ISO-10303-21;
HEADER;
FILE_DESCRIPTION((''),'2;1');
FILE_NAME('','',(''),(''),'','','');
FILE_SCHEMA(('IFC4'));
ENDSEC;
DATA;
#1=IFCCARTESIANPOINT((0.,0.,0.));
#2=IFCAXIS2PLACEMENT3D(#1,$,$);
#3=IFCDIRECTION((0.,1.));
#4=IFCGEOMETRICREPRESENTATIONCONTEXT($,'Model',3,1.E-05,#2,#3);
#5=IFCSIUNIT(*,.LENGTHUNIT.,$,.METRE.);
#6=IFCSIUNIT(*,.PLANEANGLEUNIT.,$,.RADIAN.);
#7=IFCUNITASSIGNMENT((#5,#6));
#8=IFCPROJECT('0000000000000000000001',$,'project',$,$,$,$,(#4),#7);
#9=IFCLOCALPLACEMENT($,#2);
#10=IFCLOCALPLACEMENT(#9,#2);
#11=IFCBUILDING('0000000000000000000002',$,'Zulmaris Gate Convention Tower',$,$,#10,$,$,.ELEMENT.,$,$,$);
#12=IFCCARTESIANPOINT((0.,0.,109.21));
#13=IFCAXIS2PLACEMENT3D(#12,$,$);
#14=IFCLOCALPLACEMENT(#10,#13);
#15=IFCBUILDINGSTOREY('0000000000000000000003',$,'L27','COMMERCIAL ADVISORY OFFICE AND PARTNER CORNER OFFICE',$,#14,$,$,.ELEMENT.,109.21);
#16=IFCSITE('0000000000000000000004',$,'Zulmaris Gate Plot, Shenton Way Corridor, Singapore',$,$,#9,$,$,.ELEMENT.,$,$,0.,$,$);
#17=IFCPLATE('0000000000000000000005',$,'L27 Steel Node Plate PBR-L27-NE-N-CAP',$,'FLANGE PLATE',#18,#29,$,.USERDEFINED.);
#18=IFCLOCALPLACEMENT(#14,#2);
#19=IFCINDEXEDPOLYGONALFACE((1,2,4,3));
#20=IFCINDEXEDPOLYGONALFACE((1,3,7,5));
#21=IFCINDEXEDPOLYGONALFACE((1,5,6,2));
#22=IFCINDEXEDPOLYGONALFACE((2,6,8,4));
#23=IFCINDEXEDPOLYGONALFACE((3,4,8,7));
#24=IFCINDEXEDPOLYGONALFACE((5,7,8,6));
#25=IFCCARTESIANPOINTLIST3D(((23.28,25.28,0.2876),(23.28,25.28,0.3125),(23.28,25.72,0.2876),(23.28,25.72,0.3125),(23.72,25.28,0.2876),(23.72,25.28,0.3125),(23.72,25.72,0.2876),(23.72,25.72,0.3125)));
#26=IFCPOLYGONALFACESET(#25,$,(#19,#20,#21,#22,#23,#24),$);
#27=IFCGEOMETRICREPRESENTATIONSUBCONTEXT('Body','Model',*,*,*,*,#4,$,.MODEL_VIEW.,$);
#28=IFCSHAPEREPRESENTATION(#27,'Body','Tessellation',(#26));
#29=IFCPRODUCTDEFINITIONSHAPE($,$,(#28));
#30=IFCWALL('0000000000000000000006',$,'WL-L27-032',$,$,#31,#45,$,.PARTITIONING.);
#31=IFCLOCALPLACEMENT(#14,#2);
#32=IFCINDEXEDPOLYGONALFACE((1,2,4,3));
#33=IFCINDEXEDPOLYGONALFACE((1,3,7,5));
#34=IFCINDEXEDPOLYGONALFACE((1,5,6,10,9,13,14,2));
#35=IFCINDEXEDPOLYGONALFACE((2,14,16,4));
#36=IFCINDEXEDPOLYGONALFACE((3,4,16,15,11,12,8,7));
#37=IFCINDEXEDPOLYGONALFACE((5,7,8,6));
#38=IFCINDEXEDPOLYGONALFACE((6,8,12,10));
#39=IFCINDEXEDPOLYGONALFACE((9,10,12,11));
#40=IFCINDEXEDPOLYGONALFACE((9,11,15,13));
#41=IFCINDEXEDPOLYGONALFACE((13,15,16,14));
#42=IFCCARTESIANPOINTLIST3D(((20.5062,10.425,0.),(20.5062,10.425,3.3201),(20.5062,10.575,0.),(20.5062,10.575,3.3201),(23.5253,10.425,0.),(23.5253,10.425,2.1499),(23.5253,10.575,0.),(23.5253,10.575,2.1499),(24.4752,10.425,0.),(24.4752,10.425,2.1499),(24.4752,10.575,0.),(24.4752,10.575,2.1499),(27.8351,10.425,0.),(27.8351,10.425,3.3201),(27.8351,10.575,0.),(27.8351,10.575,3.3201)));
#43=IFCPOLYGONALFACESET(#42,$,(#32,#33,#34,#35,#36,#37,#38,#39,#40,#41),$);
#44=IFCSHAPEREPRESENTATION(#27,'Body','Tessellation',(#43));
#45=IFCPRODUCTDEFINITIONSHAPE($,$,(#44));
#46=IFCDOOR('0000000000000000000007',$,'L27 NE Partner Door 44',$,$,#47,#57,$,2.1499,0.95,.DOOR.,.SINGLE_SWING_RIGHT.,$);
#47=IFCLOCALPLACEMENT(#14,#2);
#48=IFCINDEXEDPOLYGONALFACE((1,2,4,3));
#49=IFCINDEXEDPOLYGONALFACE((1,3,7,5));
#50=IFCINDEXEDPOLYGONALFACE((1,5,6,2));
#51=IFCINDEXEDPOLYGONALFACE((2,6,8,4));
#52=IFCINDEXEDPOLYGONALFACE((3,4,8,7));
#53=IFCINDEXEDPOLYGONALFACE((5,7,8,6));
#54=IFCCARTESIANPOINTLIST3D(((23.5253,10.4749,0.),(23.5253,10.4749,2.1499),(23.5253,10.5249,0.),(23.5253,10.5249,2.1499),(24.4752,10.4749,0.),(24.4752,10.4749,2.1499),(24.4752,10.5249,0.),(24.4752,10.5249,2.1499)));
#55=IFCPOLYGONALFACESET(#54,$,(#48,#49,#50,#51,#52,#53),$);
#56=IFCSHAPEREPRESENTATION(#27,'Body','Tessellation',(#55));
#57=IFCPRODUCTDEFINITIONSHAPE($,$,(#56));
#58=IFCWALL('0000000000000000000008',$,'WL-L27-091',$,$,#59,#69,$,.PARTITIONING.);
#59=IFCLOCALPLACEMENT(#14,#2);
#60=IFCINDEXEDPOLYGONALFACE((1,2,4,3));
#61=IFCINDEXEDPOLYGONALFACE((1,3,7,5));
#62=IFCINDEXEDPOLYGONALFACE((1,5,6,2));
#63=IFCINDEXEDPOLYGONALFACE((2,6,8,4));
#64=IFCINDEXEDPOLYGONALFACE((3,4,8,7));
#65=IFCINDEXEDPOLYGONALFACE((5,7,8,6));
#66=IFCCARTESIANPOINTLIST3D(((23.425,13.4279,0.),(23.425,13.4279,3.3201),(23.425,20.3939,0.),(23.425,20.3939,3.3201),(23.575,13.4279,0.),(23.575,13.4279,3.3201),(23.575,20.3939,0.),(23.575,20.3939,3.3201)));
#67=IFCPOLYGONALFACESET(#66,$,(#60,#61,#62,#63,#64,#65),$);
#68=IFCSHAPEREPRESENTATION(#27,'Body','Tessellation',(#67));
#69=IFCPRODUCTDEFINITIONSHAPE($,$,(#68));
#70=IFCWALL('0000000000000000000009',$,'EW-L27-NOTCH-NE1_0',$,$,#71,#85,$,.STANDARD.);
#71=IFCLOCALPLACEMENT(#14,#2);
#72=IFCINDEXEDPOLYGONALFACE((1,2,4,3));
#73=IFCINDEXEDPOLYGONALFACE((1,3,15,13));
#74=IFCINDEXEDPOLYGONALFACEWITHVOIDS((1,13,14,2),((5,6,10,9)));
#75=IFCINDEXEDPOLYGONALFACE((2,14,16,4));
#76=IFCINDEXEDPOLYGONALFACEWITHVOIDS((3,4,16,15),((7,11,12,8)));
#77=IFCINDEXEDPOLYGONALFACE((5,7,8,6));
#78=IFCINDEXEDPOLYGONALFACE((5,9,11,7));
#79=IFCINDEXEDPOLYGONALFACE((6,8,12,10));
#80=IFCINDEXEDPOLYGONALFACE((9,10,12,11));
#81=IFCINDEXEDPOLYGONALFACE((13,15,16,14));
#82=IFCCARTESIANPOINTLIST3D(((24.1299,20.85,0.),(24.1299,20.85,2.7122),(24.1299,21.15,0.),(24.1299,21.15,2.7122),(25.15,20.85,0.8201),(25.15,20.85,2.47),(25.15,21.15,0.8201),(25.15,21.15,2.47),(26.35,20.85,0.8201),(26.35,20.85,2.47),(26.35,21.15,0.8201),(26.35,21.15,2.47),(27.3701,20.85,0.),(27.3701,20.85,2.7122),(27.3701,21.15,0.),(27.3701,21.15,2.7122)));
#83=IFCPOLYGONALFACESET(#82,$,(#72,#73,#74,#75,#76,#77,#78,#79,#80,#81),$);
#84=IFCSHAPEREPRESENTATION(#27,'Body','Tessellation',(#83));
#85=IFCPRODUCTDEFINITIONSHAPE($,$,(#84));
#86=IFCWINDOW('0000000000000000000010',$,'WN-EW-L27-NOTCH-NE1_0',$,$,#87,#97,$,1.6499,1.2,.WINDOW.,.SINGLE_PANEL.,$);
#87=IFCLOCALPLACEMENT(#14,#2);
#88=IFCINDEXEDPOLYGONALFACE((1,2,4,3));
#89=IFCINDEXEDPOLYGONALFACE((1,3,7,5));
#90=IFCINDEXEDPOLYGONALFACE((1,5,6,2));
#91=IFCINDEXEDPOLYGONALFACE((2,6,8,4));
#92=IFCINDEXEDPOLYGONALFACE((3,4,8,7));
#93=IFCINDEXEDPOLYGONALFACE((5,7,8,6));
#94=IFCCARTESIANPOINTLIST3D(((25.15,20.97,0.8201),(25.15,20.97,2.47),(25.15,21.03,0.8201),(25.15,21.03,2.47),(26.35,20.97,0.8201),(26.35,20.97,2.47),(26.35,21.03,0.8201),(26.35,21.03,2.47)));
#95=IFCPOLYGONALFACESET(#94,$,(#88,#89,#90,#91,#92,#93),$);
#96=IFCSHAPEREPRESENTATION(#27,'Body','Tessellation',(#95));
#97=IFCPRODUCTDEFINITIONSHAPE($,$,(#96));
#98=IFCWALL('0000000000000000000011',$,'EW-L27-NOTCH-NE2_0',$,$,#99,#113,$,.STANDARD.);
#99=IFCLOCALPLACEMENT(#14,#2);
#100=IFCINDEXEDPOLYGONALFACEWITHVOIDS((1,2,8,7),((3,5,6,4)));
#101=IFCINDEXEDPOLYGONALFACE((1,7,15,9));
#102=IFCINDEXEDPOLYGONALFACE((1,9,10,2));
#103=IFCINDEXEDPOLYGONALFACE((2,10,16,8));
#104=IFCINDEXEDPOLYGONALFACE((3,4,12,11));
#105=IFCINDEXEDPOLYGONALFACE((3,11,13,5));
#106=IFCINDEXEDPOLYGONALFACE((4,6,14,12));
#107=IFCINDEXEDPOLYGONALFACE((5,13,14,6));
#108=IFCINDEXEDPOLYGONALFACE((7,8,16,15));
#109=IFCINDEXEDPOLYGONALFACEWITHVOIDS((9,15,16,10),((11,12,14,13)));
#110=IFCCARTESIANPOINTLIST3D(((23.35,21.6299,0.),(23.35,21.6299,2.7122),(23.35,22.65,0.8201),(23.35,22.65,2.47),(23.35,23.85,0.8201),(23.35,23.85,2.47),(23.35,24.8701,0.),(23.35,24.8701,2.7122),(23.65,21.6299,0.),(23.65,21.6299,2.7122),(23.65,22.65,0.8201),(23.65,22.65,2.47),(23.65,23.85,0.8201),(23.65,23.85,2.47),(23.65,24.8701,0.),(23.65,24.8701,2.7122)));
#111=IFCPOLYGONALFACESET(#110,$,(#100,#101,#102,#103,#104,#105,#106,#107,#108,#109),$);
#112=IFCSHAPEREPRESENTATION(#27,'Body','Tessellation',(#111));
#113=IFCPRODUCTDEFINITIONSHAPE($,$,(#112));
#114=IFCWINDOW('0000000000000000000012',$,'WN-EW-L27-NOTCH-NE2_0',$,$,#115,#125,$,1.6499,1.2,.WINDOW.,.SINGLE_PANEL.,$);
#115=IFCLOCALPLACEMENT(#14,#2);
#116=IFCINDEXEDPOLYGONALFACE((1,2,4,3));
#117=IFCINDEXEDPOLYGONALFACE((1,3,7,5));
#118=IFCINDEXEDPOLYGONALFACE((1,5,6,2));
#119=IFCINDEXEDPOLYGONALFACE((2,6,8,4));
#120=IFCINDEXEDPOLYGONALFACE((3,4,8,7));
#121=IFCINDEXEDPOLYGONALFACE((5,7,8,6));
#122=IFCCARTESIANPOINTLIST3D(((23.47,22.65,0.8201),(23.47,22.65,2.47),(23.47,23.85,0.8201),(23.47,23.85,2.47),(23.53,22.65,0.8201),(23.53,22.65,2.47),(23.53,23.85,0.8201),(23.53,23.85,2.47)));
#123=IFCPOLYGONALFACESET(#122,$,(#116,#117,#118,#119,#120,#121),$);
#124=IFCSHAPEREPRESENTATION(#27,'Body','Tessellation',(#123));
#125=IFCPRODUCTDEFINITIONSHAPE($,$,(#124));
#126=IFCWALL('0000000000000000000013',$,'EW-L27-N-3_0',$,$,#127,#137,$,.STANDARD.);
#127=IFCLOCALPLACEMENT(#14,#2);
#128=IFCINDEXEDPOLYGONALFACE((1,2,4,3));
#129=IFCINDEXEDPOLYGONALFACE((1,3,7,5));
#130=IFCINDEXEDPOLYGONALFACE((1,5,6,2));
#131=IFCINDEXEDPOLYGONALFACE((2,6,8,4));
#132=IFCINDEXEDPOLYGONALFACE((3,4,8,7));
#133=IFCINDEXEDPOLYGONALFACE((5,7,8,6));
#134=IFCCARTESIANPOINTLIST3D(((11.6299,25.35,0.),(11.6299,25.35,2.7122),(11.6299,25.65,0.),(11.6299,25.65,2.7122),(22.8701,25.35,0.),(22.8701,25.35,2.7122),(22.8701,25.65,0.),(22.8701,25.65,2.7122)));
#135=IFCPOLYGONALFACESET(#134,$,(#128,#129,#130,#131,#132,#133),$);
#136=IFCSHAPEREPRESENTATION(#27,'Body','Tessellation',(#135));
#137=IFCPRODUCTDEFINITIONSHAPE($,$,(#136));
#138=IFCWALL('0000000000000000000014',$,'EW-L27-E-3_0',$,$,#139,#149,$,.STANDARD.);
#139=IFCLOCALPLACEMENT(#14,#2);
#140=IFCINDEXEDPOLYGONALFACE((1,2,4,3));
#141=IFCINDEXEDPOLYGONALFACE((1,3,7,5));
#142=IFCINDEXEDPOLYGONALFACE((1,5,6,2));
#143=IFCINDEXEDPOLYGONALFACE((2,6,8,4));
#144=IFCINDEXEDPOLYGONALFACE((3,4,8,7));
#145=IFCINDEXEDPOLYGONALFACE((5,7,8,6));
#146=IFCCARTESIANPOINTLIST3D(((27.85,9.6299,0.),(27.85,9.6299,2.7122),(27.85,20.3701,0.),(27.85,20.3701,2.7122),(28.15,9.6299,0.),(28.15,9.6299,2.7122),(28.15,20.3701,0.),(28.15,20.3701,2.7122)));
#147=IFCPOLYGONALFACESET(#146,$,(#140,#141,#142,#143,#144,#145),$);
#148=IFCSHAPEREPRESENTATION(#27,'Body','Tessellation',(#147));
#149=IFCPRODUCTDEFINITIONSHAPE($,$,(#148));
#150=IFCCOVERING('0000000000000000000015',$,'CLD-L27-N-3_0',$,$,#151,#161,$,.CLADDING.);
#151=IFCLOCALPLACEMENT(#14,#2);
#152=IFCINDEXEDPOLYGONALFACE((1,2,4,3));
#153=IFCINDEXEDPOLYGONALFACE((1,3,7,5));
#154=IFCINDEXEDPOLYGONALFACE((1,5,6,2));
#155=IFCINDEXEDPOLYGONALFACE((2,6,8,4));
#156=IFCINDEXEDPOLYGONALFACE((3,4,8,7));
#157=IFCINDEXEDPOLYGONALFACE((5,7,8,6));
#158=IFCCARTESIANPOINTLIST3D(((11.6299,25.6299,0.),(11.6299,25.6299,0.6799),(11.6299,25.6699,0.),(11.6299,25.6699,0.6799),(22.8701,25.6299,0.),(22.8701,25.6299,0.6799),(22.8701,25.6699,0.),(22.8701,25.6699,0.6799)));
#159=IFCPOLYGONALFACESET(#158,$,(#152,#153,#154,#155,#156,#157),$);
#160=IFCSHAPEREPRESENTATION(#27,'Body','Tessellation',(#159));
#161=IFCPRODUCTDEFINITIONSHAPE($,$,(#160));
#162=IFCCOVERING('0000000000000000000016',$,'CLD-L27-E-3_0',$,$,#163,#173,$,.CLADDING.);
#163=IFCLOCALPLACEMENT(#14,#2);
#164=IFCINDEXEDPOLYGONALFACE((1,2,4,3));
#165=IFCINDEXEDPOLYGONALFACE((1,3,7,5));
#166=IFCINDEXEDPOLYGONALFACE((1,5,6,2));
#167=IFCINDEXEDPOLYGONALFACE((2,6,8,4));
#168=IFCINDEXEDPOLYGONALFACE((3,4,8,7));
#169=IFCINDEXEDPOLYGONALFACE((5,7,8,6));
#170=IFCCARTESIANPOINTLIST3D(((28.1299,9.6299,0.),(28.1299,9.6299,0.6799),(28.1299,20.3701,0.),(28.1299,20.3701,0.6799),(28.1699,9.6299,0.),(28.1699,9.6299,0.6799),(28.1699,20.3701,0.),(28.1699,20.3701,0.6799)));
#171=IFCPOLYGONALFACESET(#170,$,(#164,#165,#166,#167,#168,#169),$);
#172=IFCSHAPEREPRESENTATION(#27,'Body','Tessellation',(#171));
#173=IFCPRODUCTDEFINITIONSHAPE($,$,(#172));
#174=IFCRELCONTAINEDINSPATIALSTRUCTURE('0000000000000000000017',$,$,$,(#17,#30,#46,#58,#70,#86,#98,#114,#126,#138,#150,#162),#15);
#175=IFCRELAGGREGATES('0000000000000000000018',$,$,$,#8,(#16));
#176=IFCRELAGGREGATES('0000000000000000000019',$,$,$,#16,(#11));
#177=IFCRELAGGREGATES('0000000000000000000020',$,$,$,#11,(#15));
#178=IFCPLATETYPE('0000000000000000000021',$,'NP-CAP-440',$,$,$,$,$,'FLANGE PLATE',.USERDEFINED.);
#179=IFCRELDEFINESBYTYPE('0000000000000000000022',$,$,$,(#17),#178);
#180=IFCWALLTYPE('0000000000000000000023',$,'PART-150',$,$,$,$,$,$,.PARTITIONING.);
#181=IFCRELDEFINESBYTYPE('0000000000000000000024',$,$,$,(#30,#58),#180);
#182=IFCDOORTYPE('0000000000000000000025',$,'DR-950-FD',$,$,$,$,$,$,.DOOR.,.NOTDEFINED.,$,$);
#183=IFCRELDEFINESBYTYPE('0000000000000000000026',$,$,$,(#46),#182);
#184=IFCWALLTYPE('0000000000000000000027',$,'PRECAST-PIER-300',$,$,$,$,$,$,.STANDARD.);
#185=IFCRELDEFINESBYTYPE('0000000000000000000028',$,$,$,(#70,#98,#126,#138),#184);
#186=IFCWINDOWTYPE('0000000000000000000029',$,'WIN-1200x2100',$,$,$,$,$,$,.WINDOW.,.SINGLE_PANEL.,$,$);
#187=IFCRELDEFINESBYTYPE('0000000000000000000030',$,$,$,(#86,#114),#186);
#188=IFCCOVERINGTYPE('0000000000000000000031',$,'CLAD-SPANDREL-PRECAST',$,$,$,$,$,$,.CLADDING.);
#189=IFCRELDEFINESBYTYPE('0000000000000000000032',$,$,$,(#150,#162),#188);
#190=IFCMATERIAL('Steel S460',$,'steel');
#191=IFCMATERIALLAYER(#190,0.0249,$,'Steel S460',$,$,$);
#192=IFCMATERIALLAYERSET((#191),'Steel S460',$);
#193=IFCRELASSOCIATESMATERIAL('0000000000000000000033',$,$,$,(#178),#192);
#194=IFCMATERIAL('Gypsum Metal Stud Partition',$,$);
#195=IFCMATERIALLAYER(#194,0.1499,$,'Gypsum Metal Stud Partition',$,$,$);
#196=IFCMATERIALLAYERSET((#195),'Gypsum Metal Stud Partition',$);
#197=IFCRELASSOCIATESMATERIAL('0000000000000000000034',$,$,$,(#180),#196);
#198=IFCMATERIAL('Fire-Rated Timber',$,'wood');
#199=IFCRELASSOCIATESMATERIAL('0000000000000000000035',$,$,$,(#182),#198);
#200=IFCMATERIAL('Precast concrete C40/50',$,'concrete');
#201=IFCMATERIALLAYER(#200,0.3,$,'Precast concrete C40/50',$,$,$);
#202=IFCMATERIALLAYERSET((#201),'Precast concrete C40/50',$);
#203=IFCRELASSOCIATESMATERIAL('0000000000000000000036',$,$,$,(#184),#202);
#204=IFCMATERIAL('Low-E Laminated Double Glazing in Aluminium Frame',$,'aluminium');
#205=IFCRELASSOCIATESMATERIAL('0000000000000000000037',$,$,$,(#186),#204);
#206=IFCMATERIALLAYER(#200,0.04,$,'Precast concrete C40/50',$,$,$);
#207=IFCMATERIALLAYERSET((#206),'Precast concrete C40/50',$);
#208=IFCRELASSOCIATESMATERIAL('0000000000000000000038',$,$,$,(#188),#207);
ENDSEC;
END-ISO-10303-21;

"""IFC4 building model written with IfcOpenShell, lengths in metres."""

from ifc_helpers import new_model, si_unit, direction, frame, frame_2d, origin, origin_2d, place, context, subcontext, project, spatial, rectangle, extrude, material, layer, layer_set, type_object, element, fill, save


model = new_model("IFC4")

# Units and contexts
model_context = context("Model", 3, precision=1e-05, world=origin(), true_north=direction((0.0, 1.0)))
body_context = subcontext(model_context, "Body", "Model", "MODEL_VIEW")
ifc_project = project(units=[si_unit("LENGTHUNIT", "METRE"), si_unit("PLANEANGLEUNIT", "RADIAN")], contexts=[model_context])

# Site, building, storey
site_placement = place(None, origin())
site = spatial("IfcSite", under=ifc_project, at=site_placement, Name="Zulmaris Gate Plot, Shenton Way Corridor, Singapore", CompositionType="ELEMENT", RefElevation=0.0)
building_placement = place(site_placement, origin())
building = spatial("IfcBuilding", under=site, at=building_placement, Name="Zulmaris Gate Convention Tower", CompositionType="ELEMENT")
storey_placement = place(building_placement, frame((0.0, 0.0, 109.21)))
storey = spatial("IfcBuildingStorey", under=building, at=storey_placement, Name="L27", Description="COMMERCIAL ADVISORY OFFICE AND PARTNER CORNER OFFICE", CompositionType="ELEMENT", Elevation=109.21)

# Shared definitions
ifc_material_1 = material(Name="Steel S460", Category="steel")

# Plate
ifc_layer_1 = layer(ifc_material_1, 0.0249, Name="Steel S460")
ifc_layer_set_1 = layer_set([ifc_layer_1], Name="Steel S460")
plate_type = type_object("IfcPlateType", Name="NP-CAP-440", ElementType="FLANGE PLATE", PredefinedType="USERDEFINED", material=ifc_layer_set_1)
for number, where, z_axis, x_axis, name in (
    (1, (23.5, 25.5, 0.2876), (0.0, 0.0, 1.0), (1.0, 0.0, 0.0), "L27 Steel Node Plate PBR-L27-NE-N-CAP"),
):
    element("IfcPlate", number, at=place(storey_placement, frame(where, z_axis=z_axis, x_axis=x_axis)), inside=storey, type_object=plate_type, Name=name, ObjectType="FLANGE PLATE", PredefinedType="USERDEFINED", context=body_context, shape_type="SweptSolid", body=[
        extrude(rectangle(XDim=0.4399, YDim=0.4399, at=origin_2d()), origin(), (0.0, 0.0, 1.0), 0.0249),
    ])

# Wall, opening, door
ifc_material_2 = material(Name="Gypsum Metal Stud Partition")
ifc_layer_2 = layer(ifc_material_2, 0.1499, Name="Gypsum Metal Stud Partition")
ifc_layer_set_2 = layer_set([ifc_layer_2], Name="Gypsum Metal Stud Partition")
wall_type_1 = type_object("IfcWallType", Name="PART-150", PredefinedType="PARTITIONING", material=ifc_layer_set_2)
wall_1_placement = place(storey_placement, frame((20.5061, 10.5, 0.0), z_axis=(0.0, 0.0, 1.0), x_axis=(1.0, 0.0, 0.0)))
wall_1 = element("IfcWall", 2, at=wall_1_placement, inside=storey, type_object=wall_type_1, Name="WL-L27-032", PredefinedType="PARTITIONING", context=body_context, shape_type="SweptSolid", body=[
    extrude(rectangle(XDim=7.3289, YDim=0.1499, at=frame_2d((3.6646, 0.0))), origin(), (0.0, 0.0, 1.0), 3.3201),
])
opening_1_placement = place(wall_1_placement, frame((3.019, 0.0, 0.0)))
opening_1 = element("IfcOpeningElement", 3, at=opening_1_placement, cuts=wall_1, PredefinedType="OPENING", context=body_context, shape_type="SweptSolid", body=[
    extrude(rectangle(XDim=0.95, YDim=2.1499, at=frame_2d((0.4751, 1.075))), frame((0.0, 0.085, 0.0), z_axis=(0.0, -1.0, 0.0), x_axis=(1.0, 0.0, 0.0)), (0.0, 0.0, 1.0), 0.1699),
])
ifc_material_3 = material(Name="Fire-Rated Timber", Category="wood")
door_type = type_object("IfcDoorType", Name="DR-950-FD", OperationType="NOTDEFINED", PredefinedType="DOOR", material=ifc_material_3)
door_1_placement = place(opening_1_placement, origin())
door_1 = element("IfcDoor", 4, at=door_1_placement, inside=storey, type_object=door_type, Name="L27 NE Partner Door 44", OperationType="SINGLE_SWING_RIGHT", OverallHeight=2.1499, OverallWidth=0.95, PredefinedType="DOOR", context=body_context, shape_type="SweptSolid", body=[
    extrude(rectangle(XDim=0.95, YDim=2.1499, at=frame_2d((0.4751, 1.075))), frame((0.0, 0.0249, 0.0), z_axis=(0.0, -1.0, 0.0), x_axis=(1.0, 0.0, 0.0)), (0.0, 0.0, 1.0), 0.05),
])
fill(opening_1, door_1)

# Wall
wall_2_placement = place(storey_placement, frame((23.5, 13.428, 0.0), z_axis=(0.0, 0.0, 1.0), x_axis=(0.0, 1.0, 0.0)))
element("IfcWall", 5, at=wall_2_placement, inside=storey, type_object=wall_type_1, Name="WL-L27-091", PredefinedType="PARTITIONING", context=body_context, shape_type="SweptSolid", body=[
    extrude(rectangle(XDim=6.9661, YDim=0.1499, at=frame_2d((3.4829, 0.0))), origin(), (0.0, 0.0, 1.0), 3.3201),
])

# Walls, openings, windows
ifc_material_4 = material(Name="Precast concrete C40/50", Category="concrete")
ifc_layer_3 = layer(ifc_material_4, 0.3, Name="Precast concrete C40/50")
ifc_layer_set_3 = layer_set([ifc_layer_3], Name="Precast concrete C40/50")
wall_type_2 = type_object("IfcWallType", Name="PRECAST-PIER-300", PredefinedType="STANDARD", material=ifc_layer_set_3)
wall_3_placement = place(storey_placement, frame((27.3701, 21.0, 0.0), z_axis=(0.0, 0.0, 1.0), x_axis=(-1.0, 0.0, 0.0)))
wall_3 = element("IfcWall", 6, at=wall_3_placement, inside=storey, type_object=wall_type_2, Name="EW-L27-NOTCH-NE1_0", PredefinedType="STANDARD", context=body_context, shape_type="SweptSolid", body=[
    extrude(rectangle(XDim=3.2402, YDim=0.3, at=frame_2d((1.6201, 0.0))), origin(), (0.0, 0.0, 1.0), 2.7122),
])
opening_2_placement = place(wall_3_placement, frame((1.02, 0.0, 0.8201)))
opening_2 = element("IfcOpeningElement", 7, at=opening_2_placement, cuts=wall_3, PredefinedType="OPENING", context=body_context, shape_type="SweptSolid", body=[
    extrude(rectangle(XDim=1.2, YDim=1.6499, at=frame_2d((0.6001, 0.825))), frame((0.0, 0.1602, 0.0), z_axis=(0.0, -1.0, 0.0), x_axis=(1.0, 0.0, 0.0)), (0.0, 0.0, 1.0), 0.3201),
])
ifc_material_5 = material(Name="Low-E Laminated Double Glazing in Aluminium Frame", Category="aluminium")
window_type = type_object("IfcWindowType", Name="WIN-1200x2100", PartitioningType="SINGLE_PANEL", PredefinedType="WINDOW", material=ifc_material_5)
window_1_placement = place(opening_2_placement, origin())
window_1 = element("IfcWindow", 8, at=window_1_placement, inside=storey, type_object=window_type, Name="WN-EW-L27-NOTCH-NE1_0", OverallHeight=1.6499, OverallWidth=1.2, PartitioningType="SINGLE_PANEL", PredefinedType="WINDOW", context=body_context, shape_type="SweptSolid", body=[
    extrude(rectangle(XDim=1.2, YDim=1.6499, at=frame_2d((0.6001, 0.825))), frame((0.0, 0.03, 0.0), z_axis=(0.0, -1.0, 0.0), x_axis=(1.0, 0.0, 0.0)), (0.0, 0.0, 1.0), 0.0601),
])
fill(opening_2, window_1)
wall_4_placement = place(storey_placement, frame((23.5, 21.6299, 0.0), z_axis=(0.0, 0.0, 1.0), x_axis=(0.0, 1.0, 0.0)))
wall_4 = element("IfcWall", 9, at=wall_4_placement, inside=storey, type_object=wall_type_2, Name="EW-L27-NOTCH-NE2_0", PredefinedType="STANDARD", context=body_context, shape_type="SweptSolid", body=[
    extrude(rectangle(XDim=3.2402, YDim=0.3, at=frame_2d((1.6201, 0.0))), origin(), (0.0, 0.0, 1.0), 2.7122),
])
opening_3_placement = place(wall_4_placement, frame((1.02, 0.0, 0.8201)))
opening_3 = element("IfcOpeningElement", 10, at=opening_3_placement, cuts=wall_4, PredefinedType="OPENING", context=body_context, shape_type="SweptSolid", body=[
    extrude(rectangle(XDim=1.2, YDim=1.6499, at=frame_2d((0.6001, 0.825))), frame((0.0, 0.1602, 0.0), z_axis=(0.0, -1.0, 0.0), x_axis=(1.0, 0.0, 0.0)), (0.0, 0.0, 1.0), 0.3201),
])
window_2_placement = place(opening_3_placement, origin())
window_2 = element("IfcWindow", 11, at=window_2_placement, inside=storey, type_object=window_type, Name="WN-EW-L27-NOTCH-NE2_0", OverallHeight=1.6499, OverallWidth=1.2, PartitioningType="SINGLE_PANEL", PredefinedType="WINDOW", context=body_context, shape_type="SweptSolid", body=[
    extrude(rectangle(XDim=1.2, YDim=1.6499, at=frame_2d((0.6001, 0.825))), frame((0.0, 0.03, 0.0), z_axis=(0.0, -1.0, 0.0), x_axis=(1.0, 0.0, 0.0)), (0.0, 0.0, 1.0), 0.0601),
])
fill(opening_3, window_2)

# Walls
wall_5_placement = place(storey_placement, frame((22.8701, 25.5, 0.0), z_axis=(0.0, 0.0, 1.0), x_axis=(-1.0, 0.0, 0.0)))
element("IfcWall", 12, at=wall_5_placement, inside=storey, type_object=wall_type_2, Name="EW-L27-N-3_0", PredefinedType="STANDARD", context=body_context, shape_type="SweptSolid", body=[
    extrude(rectangle(XDim=11.2402, YDim=0.3, at=frame_2d((5.6201, 0.0))), origin(), (0.0, 0.0, 1.0), 2.7122),
])
wall_6_placement = place(storey_placement, frame((28.0, 9.6299, 0.0), z_axis=(0.0, 0.0, 1.0), x_axis=(0.0, 1.0, 0.0)))
element("IfcWall", 13, at=wall_6_placement, inside=storey, type_object=wall_type_2, Name="EW-L27-E-3_0", PredefinedType="STANDARD", context=body_context, shape_type="SweptSolid", body=[
    extrude(rectangle(XDim=10.7402, YDim=0.3, at=frame_2d((5.3701, 0.0))), origin(), (0.0, 0.0, 1.0), 2.7122),
])

# Coverings
ifc_layer_4 = layer(ifc_material_4, 0.04, Name="Precast concrete C40/50")
ifc_layer_set_4 = layer_set([ifc_layer_4], Name="Precast concrete C40/50")
covering_type_1 = type_object("IfcCoveringType", Name="CLAD-SPANDREL-PRECAST", PredefinedType="CLADDING", material=ifc_layer_set_4)
covering_1_placement = place(storey_placement, frame((22.8701, 25.6499, 0.0), z_axis=(0.0, 0.0, 1.0), x_axis=(-1.0, 0.0, 0.0)))
element("IfcCovering", 14, at=covering_1_placement, inside=storey, type_object=covering_type_1, Name="CLD-L27-N-3_0", PredefinedType="CLADDING", context=body_context, shape_type="SweptSolid", body=[
    extrude(rectangle(XDim=11.2402, YDim=0.04, at=frame_2d((5.6201, 0.0))), origin(), (0.0, 0.0, 1.0), 0.6799),
])
covering_2_placement = place(storey_placement, frame((28.1499, 9.6299, 0.0), z_axis=(0.0, 0.0, 1.0), x_axis=(0.0, 1.0, 0.0)))
element("IfcCovering", 15, at=covering_2_placement, inside=storey, type_object=covering_type_1, Name="CLD-L27-E-3_0", PredefinedType="CLADDING", context=body_context, shape_type="SweptSolid", body=[
    extrude(rectangle(XDim=10.7402, YDim=0.04, at=frame_2d((5.3701, 0.0))), origin(), (0.0, 0.0, 1.0), 0.6799),
])

save(model, "model.ifc")
